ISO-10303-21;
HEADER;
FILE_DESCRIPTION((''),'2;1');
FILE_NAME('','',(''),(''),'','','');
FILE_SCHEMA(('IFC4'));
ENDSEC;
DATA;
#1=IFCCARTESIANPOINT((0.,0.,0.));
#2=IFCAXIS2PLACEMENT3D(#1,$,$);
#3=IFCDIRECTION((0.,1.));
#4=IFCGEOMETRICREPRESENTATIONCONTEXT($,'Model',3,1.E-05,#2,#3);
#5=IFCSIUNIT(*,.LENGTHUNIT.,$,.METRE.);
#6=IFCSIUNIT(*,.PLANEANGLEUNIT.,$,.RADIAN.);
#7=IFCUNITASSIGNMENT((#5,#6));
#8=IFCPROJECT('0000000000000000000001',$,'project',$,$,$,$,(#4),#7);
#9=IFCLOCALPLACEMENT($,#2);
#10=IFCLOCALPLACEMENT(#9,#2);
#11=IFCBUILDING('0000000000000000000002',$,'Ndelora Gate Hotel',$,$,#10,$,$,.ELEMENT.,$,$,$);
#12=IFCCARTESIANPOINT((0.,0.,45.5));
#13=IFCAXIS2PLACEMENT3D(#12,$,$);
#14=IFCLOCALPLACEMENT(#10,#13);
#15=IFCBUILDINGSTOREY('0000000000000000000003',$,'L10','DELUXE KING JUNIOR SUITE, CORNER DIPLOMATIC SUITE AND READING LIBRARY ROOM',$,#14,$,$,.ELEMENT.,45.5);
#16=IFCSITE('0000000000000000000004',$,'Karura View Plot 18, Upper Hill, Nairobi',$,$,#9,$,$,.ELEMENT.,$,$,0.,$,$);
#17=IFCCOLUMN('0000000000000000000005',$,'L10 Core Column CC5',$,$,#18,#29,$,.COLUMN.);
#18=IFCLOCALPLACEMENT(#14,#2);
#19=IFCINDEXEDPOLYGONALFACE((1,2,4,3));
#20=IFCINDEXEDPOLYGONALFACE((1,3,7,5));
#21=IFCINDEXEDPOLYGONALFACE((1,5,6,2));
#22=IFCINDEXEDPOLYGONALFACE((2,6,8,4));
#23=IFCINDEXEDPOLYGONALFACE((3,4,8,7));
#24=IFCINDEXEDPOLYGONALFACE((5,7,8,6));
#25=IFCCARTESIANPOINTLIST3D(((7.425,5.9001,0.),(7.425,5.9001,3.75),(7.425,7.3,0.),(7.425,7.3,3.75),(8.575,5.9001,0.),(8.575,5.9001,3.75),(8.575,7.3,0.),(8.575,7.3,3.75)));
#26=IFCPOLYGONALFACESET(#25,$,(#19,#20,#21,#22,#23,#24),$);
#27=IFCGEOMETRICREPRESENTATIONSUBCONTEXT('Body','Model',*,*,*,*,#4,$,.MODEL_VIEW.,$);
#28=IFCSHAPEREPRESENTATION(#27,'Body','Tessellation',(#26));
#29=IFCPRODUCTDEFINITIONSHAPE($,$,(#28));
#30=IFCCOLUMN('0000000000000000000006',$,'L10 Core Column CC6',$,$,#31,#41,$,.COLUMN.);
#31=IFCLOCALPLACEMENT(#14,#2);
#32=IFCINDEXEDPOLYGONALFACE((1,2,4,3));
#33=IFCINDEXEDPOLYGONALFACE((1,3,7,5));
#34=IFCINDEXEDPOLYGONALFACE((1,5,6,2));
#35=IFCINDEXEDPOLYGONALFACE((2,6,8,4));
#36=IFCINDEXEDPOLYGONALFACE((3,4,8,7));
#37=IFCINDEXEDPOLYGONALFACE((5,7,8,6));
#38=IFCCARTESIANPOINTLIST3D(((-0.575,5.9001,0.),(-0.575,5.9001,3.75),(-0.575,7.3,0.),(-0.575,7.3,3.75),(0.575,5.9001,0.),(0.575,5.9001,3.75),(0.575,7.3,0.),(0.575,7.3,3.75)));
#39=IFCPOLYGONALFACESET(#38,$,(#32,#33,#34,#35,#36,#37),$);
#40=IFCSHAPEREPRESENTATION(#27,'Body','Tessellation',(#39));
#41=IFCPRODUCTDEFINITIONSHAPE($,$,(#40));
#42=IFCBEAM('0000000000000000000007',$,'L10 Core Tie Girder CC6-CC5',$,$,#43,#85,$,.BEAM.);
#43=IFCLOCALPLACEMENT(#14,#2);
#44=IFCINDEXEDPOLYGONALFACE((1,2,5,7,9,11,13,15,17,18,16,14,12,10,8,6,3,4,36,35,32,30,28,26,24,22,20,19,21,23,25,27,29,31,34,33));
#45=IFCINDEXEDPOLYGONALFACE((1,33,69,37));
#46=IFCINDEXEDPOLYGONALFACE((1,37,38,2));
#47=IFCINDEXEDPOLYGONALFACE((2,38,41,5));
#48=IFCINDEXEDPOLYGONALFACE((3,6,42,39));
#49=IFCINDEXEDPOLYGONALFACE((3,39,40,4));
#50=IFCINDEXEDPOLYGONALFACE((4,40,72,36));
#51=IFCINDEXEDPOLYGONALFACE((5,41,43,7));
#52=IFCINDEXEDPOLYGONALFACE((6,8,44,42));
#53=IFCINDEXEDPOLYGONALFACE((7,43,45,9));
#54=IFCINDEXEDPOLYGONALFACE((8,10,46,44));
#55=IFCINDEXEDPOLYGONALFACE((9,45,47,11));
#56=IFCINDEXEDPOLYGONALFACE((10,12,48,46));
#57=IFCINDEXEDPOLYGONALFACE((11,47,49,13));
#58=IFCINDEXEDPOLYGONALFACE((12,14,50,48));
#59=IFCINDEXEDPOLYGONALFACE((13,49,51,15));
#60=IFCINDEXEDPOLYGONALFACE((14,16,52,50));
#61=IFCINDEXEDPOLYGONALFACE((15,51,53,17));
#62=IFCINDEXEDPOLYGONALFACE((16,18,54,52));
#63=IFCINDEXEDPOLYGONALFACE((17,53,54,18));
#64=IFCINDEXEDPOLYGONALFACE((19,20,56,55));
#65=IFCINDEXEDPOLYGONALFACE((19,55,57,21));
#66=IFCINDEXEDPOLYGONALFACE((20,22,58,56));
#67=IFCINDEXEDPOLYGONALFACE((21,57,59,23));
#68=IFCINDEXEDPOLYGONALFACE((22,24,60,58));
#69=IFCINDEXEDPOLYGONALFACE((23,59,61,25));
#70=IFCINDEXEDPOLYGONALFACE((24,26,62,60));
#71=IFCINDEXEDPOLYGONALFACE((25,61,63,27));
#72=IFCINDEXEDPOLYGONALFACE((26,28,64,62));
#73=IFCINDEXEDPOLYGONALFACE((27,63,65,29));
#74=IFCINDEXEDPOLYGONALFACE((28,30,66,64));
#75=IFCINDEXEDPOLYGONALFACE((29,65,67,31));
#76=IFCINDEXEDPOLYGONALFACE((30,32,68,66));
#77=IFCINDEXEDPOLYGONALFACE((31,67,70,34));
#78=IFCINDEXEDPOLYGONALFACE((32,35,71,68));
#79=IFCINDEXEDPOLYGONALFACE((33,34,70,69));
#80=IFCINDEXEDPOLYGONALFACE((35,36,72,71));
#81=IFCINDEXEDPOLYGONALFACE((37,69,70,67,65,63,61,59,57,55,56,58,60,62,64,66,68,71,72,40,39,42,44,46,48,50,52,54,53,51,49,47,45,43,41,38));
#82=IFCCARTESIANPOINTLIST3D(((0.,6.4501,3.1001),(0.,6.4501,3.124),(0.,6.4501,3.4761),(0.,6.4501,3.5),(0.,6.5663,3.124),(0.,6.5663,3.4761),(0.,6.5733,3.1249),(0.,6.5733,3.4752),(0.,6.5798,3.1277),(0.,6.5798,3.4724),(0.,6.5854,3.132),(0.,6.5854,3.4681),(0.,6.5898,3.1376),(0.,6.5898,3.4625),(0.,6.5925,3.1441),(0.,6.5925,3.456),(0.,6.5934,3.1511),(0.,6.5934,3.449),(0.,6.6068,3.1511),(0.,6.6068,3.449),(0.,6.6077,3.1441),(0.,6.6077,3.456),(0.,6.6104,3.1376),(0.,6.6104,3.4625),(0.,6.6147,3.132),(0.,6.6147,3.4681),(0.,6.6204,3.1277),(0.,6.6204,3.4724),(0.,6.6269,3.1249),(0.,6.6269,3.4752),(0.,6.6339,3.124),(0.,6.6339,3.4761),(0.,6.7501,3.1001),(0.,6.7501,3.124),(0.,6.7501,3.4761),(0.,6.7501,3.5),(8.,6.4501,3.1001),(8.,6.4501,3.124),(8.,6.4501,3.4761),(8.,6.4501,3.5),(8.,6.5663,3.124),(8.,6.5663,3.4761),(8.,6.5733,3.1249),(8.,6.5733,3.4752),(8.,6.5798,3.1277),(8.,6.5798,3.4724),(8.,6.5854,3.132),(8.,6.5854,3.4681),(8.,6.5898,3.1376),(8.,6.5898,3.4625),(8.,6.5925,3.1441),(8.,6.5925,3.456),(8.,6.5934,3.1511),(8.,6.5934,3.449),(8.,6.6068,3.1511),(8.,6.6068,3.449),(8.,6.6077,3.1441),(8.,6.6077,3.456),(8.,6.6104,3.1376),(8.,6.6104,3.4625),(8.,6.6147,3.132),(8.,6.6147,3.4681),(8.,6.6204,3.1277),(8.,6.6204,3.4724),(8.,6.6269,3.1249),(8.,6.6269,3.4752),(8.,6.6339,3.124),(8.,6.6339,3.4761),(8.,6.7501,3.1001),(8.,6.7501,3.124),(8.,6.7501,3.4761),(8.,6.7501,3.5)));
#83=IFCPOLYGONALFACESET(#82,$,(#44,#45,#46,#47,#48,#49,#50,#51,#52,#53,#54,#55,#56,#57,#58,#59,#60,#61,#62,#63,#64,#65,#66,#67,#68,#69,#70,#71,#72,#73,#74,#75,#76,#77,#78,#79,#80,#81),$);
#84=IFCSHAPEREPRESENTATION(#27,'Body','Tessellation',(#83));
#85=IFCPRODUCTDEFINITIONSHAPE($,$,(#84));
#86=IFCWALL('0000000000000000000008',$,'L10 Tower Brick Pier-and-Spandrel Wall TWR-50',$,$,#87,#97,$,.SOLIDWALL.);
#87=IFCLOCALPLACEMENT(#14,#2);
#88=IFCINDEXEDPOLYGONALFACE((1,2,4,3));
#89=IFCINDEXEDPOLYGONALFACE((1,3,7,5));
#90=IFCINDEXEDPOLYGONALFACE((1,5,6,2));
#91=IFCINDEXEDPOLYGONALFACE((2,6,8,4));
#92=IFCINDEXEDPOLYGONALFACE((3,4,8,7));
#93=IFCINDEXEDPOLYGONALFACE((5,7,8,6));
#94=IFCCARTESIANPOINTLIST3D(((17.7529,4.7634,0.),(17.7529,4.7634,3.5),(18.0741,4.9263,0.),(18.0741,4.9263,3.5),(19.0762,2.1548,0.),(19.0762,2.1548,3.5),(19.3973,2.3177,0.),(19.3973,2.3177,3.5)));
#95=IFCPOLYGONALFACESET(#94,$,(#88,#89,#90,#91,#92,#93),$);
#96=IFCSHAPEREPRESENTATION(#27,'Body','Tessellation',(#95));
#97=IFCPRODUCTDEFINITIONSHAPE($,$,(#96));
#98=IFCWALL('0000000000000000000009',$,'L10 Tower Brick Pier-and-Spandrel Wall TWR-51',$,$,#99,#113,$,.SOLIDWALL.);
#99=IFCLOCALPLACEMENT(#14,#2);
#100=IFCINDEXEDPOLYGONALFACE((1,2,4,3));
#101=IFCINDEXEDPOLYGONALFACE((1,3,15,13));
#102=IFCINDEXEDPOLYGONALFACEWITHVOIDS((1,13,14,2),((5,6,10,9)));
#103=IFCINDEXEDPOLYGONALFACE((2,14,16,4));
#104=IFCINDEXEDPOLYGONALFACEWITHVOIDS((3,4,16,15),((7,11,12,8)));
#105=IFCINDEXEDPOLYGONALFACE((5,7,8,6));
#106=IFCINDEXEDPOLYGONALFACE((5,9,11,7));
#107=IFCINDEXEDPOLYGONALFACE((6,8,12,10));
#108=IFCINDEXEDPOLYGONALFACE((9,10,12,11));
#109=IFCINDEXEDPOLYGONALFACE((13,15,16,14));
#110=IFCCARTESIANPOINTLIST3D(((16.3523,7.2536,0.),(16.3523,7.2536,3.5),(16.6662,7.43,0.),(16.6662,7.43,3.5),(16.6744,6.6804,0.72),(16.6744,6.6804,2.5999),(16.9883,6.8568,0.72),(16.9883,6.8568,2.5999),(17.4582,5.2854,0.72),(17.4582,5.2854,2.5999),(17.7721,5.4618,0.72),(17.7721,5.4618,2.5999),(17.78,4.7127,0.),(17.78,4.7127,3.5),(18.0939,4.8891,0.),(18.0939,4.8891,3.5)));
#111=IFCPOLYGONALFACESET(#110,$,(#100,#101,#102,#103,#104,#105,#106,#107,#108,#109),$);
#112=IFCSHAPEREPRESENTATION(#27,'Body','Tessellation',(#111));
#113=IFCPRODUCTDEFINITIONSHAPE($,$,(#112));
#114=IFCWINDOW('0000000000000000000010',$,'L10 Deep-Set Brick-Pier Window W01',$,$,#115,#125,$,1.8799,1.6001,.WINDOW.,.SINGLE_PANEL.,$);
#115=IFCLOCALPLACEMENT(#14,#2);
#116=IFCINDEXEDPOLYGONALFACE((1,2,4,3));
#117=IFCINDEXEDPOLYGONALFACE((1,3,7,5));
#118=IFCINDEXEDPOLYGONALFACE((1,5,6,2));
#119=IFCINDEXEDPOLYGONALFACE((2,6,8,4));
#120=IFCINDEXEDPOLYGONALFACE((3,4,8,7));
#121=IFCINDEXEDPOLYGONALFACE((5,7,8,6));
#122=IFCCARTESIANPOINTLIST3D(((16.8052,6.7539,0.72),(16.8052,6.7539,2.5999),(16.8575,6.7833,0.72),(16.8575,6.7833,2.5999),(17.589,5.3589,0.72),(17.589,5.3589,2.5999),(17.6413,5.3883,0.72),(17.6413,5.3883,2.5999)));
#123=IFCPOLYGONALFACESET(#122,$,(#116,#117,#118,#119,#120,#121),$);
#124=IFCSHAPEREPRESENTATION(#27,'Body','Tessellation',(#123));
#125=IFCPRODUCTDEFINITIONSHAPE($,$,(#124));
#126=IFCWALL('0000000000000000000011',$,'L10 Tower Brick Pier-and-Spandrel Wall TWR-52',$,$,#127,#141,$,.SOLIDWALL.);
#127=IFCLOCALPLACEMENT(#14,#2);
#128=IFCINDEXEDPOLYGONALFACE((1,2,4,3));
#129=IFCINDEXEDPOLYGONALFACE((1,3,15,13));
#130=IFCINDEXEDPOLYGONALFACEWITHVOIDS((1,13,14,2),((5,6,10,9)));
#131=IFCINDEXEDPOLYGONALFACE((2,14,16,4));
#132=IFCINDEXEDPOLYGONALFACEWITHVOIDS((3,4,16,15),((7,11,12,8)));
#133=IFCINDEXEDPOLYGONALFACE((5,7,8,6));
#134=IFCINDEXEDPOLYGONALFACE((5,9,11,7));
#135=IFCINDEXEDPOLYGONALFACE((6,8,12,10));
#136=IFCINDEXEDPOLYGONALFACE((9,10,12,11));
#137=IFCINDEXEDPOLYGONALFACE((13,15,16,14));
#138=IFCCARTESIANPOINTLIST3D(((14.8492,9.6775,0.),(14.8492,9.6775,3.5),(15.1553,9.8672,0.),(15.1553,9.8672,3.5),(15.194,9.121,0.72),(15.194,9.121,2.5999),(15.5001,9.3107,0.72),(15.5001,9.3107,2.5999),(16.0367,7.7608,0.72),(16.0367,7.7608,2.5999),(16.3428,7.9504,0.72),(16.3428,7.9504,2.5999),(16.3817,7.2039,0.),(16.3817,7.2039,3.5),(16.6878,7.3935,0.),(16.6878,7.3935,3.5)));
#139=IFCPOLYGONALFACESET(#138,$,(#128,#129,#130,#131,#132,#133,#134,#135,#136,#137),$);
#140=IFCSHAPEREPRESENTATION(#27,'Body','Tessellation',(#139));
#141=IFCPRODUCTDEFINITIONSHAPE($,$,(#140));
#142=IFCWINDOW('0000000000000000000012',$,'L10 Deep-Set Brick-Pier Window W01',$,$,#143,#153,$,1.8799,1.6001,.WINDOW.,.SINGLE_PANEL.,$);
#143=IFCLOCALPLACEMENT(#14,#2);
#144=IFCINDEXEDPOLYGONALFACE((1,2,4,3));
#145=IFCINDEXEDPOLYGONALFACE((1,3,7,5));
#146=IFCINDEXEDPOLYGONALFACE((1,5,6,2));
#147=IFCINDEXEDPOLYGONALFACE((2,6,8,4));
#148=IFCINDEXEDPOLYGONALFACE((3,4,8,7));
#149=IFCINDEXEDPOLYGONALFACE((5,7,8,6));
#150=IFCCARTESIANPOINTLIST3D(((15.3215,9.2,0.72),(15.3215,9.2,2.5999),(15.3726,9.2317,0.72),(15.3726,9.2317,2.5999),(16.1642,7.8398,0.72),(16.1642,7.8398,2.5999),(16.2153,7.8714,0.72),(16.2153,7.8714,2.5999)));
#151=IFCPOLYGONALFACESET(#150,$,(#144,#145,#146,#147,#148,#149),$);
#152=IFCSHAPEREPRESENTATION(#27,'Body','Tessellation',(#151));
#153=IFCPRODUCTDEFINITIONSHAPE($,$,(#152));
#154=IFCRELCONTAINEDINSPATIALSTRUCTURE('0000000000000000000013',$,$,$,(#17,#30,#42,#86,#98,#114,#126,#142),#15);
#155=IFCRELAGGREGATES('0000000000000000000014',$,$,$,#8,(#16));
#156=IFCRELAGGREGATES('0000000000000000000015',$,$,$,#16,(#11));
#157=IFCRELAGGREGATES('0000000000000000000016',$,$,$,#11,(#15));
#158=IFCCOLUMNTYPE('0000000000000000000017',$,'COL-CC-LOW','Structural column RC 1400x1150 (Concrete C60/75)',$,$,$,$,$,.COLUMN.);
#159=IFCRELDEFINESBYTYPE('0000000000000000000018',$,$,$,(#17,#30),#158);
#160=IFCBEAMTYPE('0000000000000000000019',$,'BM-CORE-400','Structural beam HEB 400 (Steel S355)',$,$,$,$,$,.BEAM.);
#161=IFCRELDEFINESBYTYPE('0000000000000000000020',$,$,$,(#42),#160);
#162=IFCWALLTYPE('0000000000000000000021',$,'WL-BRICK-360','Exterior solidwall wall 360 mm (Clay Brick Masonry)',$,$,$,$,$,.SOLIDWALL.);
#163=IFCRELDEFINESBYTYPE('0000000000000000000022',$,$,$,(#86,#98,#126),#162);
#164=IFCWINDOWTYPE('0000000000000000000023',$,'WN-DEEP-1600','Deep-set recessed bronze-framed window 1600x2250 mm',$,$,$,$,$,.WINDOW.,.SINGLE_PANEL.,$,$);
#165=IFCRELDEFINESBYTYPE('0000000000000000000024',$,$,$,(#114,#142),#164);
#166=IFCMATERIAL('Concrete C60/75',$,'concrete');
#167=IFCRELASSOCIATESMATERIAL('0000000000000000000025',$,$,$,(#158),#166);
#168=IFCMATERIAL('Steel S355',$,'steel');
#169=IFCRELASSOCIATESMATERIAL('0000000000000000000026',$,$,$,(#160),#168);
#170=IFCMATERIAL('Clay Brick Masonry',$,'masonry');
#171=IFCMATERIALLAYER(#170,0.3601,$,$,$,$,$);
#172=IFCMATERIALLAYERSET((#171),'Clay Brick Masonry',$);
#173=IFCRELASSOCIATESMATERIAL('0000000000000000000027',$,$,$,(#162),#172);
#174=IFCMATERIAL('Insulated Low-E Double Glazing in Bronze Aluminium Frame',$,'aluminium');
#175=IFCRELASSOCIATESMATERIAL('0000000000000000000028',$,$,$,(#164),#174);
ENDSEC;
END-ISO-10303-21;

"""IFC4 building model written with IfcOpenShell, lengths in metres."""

from ifc_helpers import new_model, si_unit, direction, frame, frame_2d, origin, origin_2d, place, context, subcontext, project, spatial, rectangle, i_section, extrude, material, layer, layer_set, material_profile, profile_set, type_object, element, fill, save


model = new_model("IFC4")

# Units and contexts
model_context = context("Model", 3, precision=1e-05, world=origin(), true_north=direction((0.0, 1.0)))
body_context = subcontext(model_context, "Body", "Model", "MODEL_VIEW")
ifc_project = project(units=[si_unit("LENGTHUNIT", "METRE"), si_unit("PLANEANGLEUNIT", "RADIAN")], contexts=[model_context])

# Site, building, storey
site_placement = place(None, origin())
site = spatial("IfcSite", under=ifc_project, at=site_placement, Name="Karura View Plot 18, Upper Hill, Nairobi", CompositionType="ELEMENT", RefElevation=0.0)
building_placement = place(site_placement, origin())
building = spatial("IfcBuilding", under=site, at=building_placement, Name="Ndelora Gate Hotel", CompositionType="ELEMENT")
storey_placement = place(building_placement, frame((0.0, 0.0, 45.5)))
storey = spatial("IfcBuildingStorey", under=building, at=storey_placement, Name="L10", Description="DELUXE KING JUNIOR SUITE, CORNER DIPLOMATIC SUITE AND READING LIBRARY ROOM", CompositionType="ELEMENT", Elevation=45.5)

# Columns
ifc_material_1 = material(Name="Concrete C60/75", Category="concrete")
ifc_material_profile_1 = material_profile(ifc_material_1, rectangle(XDim=1.1499, YDim=1.3999, at=origin_2d()), Name="RC 1400x1150")
ifc_profile_set_1 = profile_set([ifc_material_profile_1], Name="Concrete C60/75")
column_type = type_object("IfcColumnType", Name="COL-CC-LOW", Description="Structural column RC 1400x1150 (Concrete C60/75)", PredefinedType="COLUMN", material=ifc_profile_set_1)
for number, where, z_axis, x_axis, name in (
    (1, (8.0, 6.6001, 0.0), (0.0, 0.0, 1.0), (1.0, 0.0, 0.0), "L10 Core Column CC5"),
    (2, (0.0, 6.6001, 0.0), (0.0, 0.0, 1.0), (1.0, 0.0, 0.0), "L10 Core Column CC6"),
):
    element("IfcColumn", number, at=place(storey_placement, frame(where, z_axis=z_axis, x_axis=x_axis)), inside=storey, type_object=column_type, Name=name, PredefinedType="COLUMN", context=body_context, shape_type="SweptSolid", body=[
        extrude(rectangle(XDim=1.1499, YDim=1.3999, at=origin_2d()), origin(), (0.0, 0.0, 1.0), 3.75),
    ])

# Beam
ifc_material_2 = material(Name="Steel S355", Category="steel")
ifc_material_profile_2 = material_profile(ifc_material_2, i_section(OverallWidth=0.3, OverallDepth=0.3999, WebThickness=0.0134, FlangeThickness=0.0239, FilletRadius=0.0271, at=origin_2d()), Name="HEB 400")
ifc_profile_set_2 = profile_set([ifc_material_profile_2], Name="Steel S355")
beam_type = type_object("IfcBeamType", Name="BM-CORE-400", Description="Structural beam HEB 400 (Steel S355)", PredefinedType="BEAM", material=ifc_profile_set_2)
beam_placement = place(storey_placement, frame((0.0, 6.6001, 3.3), z_axis=(1.0, 0.0, 0.0), x_axis=(0.0, 1.0, 0.0)))
element("IfcBeam", 3, at=beam_placement, inside=storey, type_object=beam_type, Name="L10 Core Tie Girder CC6-CC5", PredefinedType="BEAM", context=body_context, shape_type="SweptSolid", body=[
    extrude(i_section(OverallWidth=0.3, OverallDepth=0.3999, WebThickness=0.0134, FlangeThickness=0.0239, FilletRadius=0.0271, at=origin_2d()), origin(), (0.0, 0.0, 1.0), 8.0),
])

# Wall
ifc_material_3 = material(Name="Clay Brick Masonry", Category="masonry")
ifc_layer_1 = layer(ifc_material_3, 0.3601)
ifc_layer_set_1 = layer_set([ifc_layer_1], Name="Clay Brick Masonry")
wall_type_1 = type_object("IfcWallType", Name="WL-BRICK-360", Description="Exterior solidwall wall 360 mm (Clay Brick Masonry)", PredefinedType="SOLIDWALL", material=ifc_layer_set_1)
wall_1_placement = place(storey_placement, frame((17.9136, 4.8447, 0.0), z_axis=(0.0, 0.0, 1.0), x_axis=(0.452381, -0.891825, 0.0)))
element("IfcWall", 4, at=wall_1_placement, inside=storey, type_object=wall_type_1, Name="L10 Tower Brick Pier-and-Spandrel Wall TWR-50", PredefinedType="SOLIDWALL", context=body_context, shape_type="SweptSolid", body=[
    extrude(rectangle(XDim=2.925, YDim=0.3601, at=frame_2d((1.4624, 0.0))), origin(), (0.0, 0.0, 1.0), 3.5),
])

# Walls, openings, windows
wall_2_placement = place(storey_placement, frame((16.5093, 7.3418, 0.0), z_axis=(0.0, 0.0, 1.0), x_axis=(0.489848, -0.871808, 0.0)))
wall_2 = element("IfcWall", 5, at=wall_2_placement, inside=storey, type_object=wall_type_1, Name="L10 Tower Brick Pier-and-Spandrel Wall TWR-51", PredefinedType="SOLIDWALL", context=body_context, shape_type="SweptSolid", body=[
    extrude(rectangle(XDim=2.9146, YDim=0.3601, at=frame_2d((1.4573, 0.0))), origin(), (0.0, 0.0, 1.0), 3.5),
])
opening_1_placement = place(wall_2_placement, frame((0.6575, 0.0, 0.72)))
opening_1 = element("IfcOpeningElement", 6, at=opening_1_placement, cuts=wall_2, PredefinedType="OPENING", context=body_context, shape_type="SweptSolid", body=[
    extrude(rectangle(XDim=1.6001, YDim=1.8799, at=frame_2d((0.8, 0.9399))), frame((0.0, 0.1899, 0.0), z_axis=(0.0, -1.0, 0.0), x_axis=(1.0, 0.0, 0.0)), (0.0, 0.0, 1.0), 0.3801),
])
ifc_material_4 = material(Name="Insulated Low-E Double Glazing in Bronze Aluminium Frame", Category="aluminium")
window_type = type_object("IfcWindowType", Name="WN-DEEP-1600", Description="Deep-set recessed bronze-framed window 1600x2250 mm", PartitioningType="SINGLE_PANEL", PredefinedType="WINDOW", material=ifc_material_4)
window_1_placement = place(opening_1_placement, origin())
window_1 = element("IfcWindow", 7, at=window_1_placement, inside=storey, type_object=window_type, Name="L10 Deep-Set Brick-Pier Window W01", OverallHeight=1.8799, OverallWidth=1.6001, PartitioningType="SINGLE_PANEL", PredefinedType="WINDOW", context=body_context, shape_type="SweptSolid", body=[
    extrude(rectangle(XDim=1.6001, YDim=1.8799, at=frame_2d((0.8, 0.9399))), frame((0.0, 0.03, 0.0), z_axis=(0.0, -1.0, 0.0), x_axis=(1.0, 0.0, 0.0)), (0.0, 0.0, 1.0), 0.0601),
])
fill(opening_1, window_1)
wall_3_placement = place(storey_placement, frame((15.0022, 9.7725, 0.0), z_axis=(0.0, 0.0, 1.0), x_axis=(0.526646, -0.850085, 0.0)))
wall_3 = element("IfcWall", 8, at=wall_3_placement, inside=storey, type_object=wall_type_1, Name="L10 Tower Brick Pier-and-Spandrel Wall TWR-52", PredefinedType="SOLIDWALL", context=body_context, shape_type="SweptSolid", body=[
    extrude(rectangle(XDim=2.9099, YDim=0.3601, at=frame_2d((1.4551, 0.0))), origin(), (0.0, 0.0, 1.0), 3.5),
])
opening_2_placement = place(wall_3_placement, frame((0.6548, 0.0, 0.72)))
opening_2 = element("IfcOpeningElement", 9, at=opening_2_placement, cuts=wall_3, PredefinedType="OPENING", context=body_context, shape_type="SweptSolid", body=[
    extrude(rectangle(XDim=1.6001, YDim=1.8799, at=frame_2d((0.8, 0.9399))), frame((0.0, 0.1899, 0.0), z_axis=(0.0, -1.0, 0.0), x_axis=(1.0, 0.0, 0.0)), (0.0, 0.0, 1.0), 0.3801),
])
window_2_placement = place(opening_2_placement, origin())
window_2 = element("IfcWindow", 10, at=window_2_placement, inside=storey, type_object=window_type, Name="L10 Deep-Set Brick-Pier Window W01", OverallHeight=1.8799, OverallWidth=1.6001, PartitioningType="SINGLE_PANEL", PredefinedType="WINDOW", context=body_context, shape_type="SweptSolid", body=[
    extrude(rectangle(XDim=1.6001, YDim=1.8799, at=frame_2d((0.8, 0.9399))), frame((0.0, 0.03, 0.0), z_axis=(0.0, -1.0, 0.0), x_axis=(1.0, 0.0, 0.0)), (0.0, 0.0, 1.0), 0.0601),
])
fill(opening_2, window_2)

save(model, "model.ifc")
